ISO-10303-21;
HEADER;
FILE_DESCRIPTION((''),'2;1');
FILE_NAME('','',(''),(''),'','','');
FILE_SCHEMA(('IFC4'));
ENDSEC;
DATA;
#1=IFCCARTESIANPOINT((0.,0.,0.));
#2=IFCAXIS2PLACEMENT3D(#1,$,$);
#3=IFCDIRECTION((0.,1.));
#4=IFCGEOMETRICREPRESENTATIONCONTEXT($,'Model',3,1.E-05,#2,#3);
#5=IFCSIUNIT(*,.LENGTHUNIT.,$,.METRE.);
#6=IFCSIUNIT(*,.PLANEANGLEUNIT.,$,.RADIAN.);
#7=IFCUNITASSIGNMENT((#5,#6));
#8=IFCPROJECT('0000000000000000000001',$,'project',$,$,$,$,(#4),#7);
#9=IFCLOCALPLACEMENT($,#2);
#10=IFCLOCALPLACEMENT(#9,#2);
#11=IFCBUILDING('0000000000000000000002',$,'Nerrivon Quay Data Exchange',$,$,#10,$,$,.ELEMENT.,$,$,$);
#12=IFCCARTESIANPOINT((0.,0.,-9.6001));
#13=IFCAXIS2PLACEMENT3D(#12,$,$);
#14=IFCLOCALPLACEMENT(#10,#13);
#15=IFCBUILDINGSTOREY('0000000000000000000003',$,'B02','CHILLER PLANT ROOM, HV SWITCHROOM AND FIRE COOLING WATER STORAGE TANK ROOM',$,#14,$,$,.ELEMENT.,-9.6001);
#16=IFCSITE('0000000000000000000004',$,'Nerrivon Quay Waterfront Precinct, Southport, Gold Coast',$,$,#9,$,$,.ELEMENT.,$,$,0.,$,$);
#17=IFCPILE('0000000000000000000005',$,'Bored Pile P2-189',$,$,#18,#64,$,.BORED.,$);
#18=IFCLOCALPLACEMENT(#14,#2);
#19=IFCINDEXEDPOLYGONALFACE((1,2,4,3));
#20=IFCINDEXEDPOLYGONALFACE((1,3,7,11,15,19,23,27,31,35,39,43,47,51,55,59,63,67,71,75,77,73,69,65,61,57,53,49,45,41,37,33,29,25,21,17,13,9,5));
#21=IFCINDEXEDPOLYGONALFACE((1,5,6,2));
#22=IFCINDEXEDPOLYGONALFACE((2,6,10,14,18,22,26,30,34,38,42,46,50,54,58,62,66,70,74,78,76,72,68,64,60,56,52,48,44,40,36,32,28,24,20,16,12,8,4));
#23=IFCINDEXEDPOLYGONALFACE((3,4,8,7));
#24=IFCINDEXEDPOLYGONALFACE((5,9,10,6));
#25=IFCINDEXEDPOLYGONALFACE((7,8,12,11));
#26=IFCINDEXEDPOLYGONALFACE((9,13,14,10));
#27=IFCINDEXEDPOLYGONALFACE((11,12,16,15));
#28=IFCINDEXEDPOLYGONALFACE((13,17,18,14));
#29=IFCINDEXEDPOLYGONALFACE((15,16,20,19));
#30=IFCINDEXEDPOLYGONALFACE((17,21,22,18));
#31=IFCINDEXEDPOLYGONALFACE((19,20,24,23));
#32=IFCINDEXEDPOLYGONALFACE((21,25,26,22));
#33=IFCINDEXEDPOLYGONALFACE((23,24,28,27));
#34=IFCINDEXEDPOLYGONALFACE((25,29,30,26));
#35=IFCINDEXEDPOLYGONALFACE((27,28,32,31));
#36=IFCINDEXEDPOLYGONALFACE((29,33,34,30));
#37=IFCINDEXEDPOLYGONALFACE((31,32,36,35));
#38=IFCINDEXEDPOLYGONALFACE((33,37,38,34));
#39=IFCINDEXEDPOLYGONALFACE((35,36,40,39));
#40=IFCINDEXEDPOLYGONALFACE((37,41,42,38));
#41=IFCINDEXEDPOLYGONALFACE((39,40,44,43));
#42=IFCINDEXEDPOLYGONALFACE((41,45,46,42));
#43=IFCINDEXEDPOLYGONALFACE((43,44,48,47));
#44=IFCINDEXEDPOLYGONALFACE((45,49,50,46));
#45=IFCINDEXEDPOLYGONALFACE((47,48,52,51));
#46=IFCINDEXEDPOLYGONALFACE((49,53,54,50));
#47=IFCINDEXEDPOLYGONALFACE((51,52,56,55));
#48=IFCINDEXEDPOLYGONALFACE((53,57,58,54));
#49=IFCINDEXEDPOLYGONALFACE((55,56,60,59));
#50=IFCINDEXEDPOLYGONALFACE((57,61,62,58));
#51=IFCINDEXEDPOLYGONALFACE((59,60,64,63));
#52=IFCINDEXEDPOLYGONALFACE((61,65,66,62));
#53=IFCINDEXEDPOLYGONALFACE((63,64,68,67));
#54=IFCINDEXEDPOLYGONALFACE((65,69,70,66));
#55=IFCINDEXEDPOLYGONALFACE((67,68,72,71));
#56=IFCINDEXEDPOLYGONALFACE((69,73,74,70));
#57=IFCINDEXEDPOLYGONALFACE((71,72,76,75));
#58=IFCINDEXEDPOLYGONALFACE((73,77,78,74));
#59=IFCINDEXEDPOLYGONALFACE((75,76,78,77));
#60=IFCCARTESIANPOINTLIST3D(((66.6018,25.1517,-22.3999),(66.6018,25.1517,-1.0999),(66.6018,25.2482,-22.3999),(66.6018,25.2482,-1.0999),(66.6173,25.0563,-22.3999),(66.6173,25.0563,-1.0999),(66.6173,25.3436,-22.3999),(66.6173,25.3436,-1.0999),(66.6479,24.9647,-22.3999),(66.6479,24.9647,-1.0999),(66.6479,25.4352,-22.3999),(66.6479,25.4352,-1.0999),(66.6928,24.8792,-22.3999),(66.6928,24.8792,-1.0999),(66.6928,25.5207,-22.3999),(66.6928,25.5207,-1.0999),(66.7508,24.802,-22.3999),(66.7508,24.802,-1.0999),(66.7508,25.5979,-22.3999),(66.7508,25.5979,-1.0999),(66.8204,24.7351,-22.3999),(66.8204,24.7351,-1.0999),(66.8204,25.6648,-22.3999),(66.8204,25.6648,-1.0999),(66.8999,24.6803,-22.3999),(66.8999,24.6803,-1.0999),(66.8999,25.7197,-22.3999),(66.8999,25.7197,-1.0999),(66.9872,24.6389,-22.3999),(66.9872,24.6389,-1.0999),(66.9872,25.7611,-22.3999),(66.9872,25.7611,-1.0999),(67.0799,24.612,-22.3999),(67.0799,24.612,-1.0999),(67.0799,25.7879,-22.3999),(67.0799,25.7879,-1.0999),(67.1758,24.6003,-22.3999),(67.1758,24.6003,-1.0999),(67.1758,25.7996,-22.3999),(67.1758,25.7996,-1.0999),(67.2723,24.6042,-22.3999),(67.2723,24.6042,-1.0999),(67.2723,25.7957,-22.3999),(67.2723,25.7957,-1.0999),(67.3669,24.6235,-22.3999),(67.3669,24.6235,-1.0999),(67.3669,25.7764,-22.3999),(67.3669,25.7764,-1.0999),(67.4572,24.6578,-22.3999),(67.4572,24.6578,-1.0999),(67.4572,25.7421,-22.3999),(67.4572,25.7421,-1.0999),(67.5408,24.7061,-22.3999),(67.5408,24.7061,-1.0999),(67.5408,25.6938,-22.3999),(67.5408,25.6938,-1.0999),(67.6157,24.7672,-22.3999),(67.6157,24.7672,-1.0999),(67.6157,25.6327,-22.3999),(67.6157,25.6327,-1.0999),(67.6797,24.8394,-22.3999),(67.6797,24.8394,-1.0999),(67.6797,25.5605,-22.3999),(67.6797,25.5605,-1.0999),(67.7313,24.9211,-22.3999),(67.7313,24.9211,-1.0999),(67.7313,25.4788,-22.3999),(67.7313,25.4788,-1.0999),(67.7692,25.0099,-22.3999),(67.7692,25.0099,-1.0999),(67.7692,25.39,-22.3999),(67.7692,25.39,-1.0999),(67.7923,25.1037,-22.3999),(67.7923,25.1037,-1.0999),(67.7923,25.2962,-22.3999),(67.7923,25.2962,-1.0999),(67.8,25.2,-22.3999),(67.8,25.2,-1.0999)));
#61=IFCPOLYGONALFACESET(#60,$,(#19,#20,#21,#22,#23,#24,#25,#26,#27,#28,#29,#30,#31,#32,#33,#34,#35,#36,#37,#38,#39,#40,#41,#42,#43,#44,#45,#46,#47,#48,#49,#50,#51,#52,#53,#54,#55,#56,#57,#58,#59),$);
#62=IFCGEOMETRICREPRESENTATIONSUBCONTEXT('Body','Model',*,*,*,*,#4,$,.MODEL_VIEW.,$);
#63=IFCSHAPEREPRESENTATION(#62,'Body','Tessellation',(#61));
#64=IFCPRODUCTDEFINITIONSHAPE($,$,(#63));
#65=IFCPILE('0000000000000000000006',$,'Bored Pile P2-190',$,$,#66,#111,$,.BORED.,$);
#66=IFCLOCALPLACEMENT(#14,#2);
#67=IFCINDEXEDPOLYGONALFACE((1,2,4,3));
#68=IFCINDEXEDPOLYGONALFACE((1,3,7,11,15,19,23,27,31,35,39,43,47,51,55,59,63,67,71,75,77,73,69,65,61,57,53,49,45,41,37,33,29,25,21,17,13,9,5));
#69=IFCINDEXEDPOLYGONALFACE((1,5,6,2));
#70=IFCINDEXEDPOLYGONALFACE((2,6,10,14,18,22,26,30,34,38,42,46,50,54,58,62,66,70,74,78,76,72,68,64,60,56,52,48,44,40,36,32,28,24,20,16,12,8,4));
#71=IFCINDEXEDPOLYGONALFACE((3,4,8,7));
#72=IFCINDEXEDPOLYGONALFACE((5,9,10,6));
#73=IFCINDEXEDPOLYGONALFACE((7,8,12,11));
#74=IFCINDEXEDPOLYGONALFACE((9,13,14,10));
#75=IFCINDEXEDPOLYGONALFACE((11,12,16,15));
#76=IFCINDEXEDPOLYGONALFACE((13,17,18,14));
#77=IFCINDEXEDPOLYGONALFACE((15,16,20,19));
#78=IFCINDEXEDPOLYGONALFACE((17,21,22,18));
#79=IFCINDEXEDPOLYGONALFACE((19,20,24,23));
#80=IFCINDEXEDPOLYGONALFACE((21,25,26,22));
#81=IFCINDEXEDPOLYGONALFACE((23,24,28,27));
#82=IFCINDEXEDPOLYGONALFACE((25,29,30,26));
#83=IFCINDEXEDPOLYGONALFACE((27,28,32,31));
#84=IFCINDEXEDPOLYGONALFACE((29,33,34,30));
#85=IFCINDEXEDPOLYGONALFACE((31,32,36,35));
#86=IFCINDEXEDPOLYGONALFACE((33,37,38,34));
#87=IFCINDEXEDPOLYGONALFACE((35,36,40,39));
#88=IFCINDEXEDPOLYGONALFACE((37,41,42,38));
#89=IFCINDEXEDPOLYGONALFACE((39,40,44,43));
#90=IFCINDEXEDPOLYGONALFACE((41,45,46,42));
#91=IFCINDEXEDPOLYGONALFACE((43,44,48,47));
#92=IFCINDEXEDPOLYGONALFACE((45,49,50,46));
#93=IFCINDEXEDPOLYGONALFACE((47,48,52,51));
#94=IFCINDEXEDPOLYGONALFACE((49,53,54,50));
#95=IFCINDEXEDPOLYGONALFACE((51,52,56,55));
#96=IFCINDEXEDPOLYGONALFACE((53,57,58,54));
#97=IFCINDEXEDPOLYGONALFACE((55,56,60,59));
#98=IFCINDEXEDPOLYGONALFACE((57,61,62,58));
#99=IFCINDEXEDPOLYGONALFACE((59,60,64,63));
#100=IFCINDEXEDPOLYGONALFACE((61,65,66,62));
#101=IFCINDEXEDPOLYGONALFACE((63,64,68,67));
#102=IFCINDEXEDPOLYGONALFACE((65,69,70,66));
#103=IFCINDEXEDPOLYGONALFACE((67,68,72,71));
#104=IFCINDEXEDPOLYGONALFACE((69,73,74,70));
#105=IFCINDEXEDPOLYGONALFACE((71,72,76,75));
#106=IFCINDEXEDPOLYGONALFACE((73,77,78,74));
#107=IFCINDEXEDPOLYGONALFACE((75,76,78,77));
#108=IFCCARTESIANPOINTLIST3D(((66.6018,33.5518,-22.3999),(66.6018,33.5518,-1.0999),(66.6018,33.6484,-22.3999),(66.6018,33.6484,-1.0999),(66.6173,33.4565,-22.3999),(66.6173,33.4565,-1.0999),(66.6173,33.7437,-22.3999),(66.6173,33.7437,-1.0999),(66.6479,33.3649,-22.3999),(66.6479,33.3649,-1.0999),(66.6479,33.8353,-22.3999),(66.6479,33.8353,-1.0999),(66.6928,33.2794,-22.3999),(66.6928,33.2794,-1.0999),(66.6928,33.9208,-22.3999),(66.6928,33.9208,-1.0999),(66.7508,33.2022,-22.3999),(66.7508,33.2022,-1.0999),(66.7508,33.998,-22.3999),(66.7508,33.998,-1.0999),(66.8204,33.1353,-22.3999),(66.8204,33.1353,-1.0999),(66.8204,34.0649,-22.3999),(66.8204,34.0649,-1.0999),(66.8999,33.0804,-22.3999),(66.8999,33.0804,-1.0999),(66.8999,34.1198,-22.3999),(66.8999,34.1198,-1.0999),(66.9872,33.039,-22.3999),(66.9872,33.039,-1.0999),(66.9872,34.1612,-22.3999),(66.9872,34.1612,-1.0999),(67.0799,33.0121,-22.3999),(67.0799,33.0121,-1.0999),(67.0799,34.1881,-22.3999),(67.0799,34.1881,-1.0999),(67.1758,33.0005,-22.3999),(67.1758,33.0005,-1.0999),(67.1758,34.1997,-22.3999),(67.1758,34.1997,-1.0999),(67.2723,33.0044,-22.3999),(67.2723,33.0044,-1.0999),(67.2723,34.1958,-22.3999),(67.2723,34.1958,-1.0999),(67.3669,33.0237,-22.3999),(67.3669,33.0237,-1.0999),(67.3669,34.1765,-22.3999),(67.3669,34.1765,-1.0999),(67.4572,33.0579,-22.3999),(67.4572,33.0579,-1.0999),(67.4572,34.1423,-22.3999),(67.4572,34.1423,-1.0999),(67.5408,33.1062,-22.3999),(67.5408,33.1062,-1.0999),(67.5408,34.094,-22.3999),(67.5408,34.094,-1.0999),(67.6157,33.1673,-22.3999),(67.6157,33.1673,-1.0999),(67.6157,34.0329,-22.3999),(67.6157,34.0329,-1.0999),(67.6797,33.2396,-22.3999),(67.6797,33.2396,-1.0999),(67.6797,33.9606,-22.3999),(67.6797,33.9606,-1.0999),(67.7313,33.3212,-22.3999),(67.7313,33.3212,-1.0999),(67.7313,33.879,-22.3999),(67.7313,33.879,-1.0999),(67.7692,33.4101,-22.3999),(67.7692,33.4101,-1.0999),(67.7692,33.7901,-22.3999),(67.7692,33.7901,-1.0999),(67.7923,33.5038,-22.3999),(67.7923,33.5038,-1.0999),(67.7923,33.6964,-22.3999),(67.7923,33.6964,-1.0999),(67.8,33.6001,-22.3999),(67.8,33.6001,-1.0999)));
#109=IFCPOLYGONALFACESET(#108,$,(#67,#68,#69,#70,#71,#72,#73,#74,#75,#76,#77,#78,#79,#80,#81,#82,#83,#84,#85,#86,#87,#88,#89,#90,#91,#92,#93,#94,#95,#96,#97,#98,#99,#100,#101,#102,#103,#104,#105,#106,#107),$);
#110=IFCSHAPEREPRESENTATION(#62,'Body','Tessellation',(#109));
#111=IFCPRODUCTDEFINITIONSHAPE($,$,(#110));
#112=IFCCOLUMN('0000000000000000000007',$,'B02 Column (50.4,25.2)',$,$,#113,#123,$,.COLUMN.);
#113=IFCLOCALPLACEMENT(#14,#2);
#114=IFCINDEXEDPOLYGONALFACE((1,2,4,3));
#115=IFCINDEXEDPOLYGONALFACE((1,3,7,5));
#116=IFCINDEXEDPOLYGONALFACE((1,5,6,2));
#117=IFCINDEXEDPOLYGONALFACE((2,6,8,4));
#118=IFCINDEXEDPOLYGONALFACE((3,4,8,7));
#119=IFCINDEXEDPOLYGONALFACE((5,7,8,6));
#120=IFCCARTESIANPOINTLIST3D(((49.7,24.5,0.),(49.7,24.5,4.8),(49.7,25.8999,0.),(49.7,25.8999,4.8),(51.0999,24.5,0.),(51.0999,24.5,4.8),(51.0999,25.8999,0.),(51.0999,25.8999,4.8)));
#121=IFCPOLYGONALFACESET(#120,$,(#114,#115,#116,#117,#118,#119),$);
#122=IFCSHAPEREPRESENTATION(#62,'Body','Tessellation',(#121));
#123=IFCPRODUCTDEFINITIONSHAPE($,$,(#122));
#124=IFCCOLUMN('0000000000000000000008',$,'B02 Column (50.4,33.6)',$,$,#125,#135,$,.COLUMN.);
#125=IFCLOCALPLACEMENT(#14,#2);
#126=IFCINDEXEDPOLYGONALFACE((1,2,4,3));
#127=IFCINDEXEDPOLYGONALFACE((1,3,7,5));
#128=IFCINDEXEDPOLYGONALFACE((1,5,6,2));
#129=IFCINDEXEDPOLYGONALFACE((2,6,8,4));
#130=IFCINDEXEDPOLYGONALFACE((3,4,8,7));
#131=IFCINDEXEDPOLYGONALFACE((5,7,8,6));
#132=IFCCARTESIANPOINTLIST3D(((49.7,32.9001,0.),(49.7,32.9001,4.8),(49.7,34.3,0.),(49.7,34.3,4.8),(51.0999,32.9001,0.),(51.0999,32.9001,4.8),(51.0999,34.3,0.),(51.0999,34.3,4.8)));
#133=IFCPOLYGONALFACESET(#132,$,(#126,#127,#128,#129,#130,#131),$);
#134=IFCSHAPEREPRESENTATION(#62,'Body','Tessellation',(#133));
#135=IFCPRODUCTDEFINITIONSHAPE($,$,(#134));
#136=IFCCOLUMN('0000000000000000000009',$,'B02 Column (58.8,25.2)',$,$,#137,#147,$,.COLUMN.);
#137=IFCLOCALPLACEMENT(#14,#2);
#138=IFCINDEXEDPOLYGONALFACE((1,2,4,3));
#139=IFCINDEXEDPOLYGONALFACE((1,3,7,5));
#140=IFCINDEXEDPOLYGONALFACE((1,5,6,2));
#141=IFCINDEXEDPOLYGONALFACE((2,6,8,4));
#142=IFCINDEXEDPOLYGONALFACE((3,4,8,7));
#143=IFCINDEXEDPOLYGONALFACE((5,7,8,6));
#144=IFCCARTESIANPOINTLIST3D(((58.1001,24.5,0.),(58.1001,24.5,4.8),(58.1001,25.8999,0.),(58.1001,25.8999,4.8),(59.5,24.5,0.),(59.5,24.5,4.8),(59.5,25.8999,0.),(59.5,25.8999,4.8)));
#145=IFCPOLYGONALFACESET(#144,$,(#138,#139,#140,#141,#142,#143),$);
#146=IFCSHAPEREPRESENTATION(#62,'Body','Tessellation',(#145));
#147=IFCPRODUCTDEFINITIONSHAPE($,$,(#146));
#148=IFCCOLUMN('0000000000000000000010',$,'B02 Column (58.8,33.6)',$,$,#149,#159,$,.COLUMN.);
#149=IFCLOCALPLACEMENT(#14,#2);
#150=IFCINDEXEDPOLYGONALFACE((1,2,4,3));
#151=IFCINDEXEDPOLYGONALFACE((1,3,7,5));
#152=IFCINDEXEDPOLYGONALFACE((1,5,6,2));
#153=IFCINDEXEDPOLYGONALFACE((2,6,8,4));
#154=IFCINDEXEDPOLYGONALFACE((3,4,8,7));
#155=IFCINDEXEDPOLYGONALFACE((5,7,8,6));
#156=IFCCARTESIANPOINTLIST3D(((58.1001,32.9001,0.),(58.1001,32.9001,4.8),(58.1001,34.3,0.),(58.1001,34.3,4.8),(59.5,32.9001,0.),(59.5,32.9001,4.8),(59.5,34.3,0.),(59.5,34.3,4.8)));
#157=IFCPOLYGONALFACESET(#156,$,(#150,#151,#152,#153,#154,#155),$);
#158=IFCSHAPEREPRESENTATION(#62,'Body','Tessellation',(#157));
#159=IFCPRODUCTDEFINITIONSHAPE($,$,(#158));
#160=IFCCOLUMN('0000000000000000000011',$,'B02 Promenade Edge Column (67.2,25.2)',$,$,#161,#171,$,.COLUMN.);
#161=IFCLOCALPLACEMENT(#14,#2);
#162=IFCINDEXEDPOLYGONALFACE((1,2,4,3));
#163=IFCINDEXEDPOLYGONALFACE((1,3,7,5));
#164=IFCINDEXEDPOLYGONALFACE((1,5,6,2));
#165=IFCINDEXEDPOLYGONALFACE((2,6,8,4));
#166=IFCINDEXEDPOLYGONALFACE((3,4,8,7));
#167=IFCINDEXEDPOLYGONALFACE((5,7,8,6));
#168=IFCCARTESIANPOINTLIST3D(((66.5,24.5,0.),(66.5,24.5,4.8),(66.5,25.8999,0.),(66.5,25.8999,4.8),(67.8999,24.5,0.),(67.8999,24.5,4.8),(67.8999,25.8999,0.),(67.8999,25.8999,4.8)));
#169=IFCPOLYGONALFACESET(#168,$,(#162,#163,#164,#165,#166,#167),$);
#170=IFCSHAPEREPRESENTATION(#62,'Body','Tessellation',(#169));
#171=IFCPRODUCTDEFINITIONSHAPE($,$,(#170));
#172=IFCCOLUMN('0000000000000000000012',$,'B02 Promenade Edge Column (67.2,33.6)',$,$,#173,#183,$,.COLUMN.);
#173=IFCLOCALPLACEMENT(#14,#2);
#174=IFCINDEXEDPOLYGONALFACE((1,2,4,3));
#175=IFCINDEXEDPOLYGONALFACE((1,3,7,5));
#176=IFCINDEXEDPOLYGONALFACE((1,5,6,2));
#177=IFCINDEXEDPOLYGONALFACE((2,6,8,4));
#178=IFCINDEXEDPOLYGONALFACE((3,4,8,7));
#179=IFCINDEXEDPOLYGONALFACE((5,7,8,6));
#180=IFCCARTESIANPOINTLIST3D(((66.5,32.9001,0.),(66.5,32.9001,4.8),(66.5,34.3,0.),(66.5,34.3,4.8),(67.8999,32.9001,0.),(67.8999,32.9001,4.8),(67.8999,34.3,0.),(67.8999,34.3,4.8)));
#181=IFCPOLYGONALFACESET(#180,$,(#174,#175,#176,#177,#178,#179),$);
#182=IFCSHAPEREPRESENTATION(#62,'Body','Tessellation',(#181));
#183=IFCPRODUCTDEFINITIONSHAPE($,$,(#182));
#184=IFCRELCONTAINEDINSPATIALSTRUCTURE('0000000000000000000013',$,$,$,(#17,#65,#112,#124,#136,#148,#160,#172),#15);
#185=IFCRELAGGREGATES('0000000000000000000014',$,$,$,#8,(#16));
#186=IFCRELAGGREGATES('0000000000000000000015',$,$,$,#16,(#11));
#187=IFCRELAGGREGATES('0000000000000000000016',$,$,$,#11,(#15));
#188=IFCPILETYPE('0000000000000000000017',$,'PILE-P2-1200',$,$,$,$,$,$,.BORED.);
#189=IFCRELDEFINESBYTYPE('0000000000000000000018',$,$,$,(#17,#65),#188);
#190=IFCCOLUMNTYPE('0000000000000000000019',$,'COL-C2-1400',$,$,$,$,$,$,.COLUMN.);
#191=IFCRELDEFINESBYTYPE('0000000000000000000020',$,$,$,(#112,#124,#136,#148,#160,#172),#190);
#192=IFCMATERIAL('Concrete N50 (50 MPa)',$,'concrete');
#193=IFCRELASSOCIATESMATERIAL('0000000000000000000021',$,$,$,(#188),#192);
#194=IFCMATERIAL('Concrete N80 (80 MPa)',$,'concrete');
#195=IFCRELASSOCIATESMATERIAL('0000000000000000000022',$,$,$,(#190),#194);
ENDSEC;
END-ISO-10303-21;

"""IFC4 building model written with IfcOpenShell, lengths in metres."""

from ifc_helpers import new_model, si_unit, direction, frame, origin, origin_2d, place, context, subcontext, project, spatial, rectangle, circle, extrude, material, material_profile, profile_set, type_object, element, save


model = new_model("IFC4")

# Units and contexts
model_context = context("Model", 3, precision=1e-05, world=origin(), true_north=direction((0.0, 1.0)))
body_context = subcontext(model_context, "Body", "Model", "MODEL_VIEW")
ifc_project = project(units=[si_unit("LENGTHUNIT", "METRE"), si_unit("PLANEANGLEUNIT", "RADIAN")], contexts=[model_context])

# Site, building, storey
site_placement = place(None, origin())
site = spatial("IfcSite", under=ifc_project, at=site_placement, Name="Nerrivon Quay Waterfront Precinct, Southport, Gold Coast", CompositionType="ELEMENT", RefElevation=0.0)
building_placement = place(site_placement, origin())
building = spatial("IfcBuilding", under=site, at=building_placement, Name="Nerrivon Quay Data Exchange", CompositionType="ELEMENT")
storey_placement = place(building_placement, frame((0.0, 0.0, -9.6001)))
storey = spatial("IfcBuildingStorey", under=building, at=storey_placement, Name="B02", Description="CHILLER PLANT ROOM, HV SWITCHROOM AND FIRE COOLING WATER STORAGE TANK ROOM", CompositionType="ELEMENT", Elevation=-9.6001)

# Piles
ifc_material_1 = material(Name="Concrete N50 (50 MPa)", Category="concrete")
ifc_material_profile_1 = material_profile(ifc_material_1, circle(Radius=0.6001, at=origin_2d()), Name="PILE-1200")
ifc_profile_set_1 = profile_set([ifc_material_profile_1], Name="Concrete N50 (50 MPa)")
pile_type = type_object("IfcPileType", Name="PILE-P2-1200", PredefinedType="BORED", material=ifc_profile_set_1)
for number, where, z_axis, x_axis, name in (
    (1, (67.2, 25.2, -1.0999), (0.0, 0.0, -1.0), (1.0, 0.0, 0.0), "Bored Pile P2-189"),
    (2, (67.2, 33.6001, -1.0999), (0.0, 0.0, -1.0), (1.0, 0.0, 0.0), "Bored Pile P2-190"),
):
    element("IfcPile", number, at=place(storey_placement, frame(where, z_axis=z_axis, x_axis=x_axis)), inside=storey, type_object=pile_type, Name=name, PredefinedType="BORED", context=body_context, shape_type="SweptSolid", body=[
        extrude(circle(Radius=0.6001, at=origin_2d()), origin(), (0.0, 0.0, 1.0), 21.3),
    ])

# Columns
ifc_material_2 = material(Name="Concrete N80 (80 MPa)", Category="concrete")
ifc_material_profile_2 = material_profile(ifc_material_2, rectangle(XDim=1.3999, YDim=1.3999, at=origin_2d()), Name="RC-COL-1400x1400")
ifc_profile_set_2 = profile_set([ifc_material_profile_2], Name="Concrete N80 (80 MPa)")
column_type = type_object("IfcColumnType", Name="COL-C2-1400", PredefinedType="COLUMN", material=ifc_profile_set_2)
for number, where, z_axis, x_axis, name in (
    (3, (50.3999, 25.2, 0.0), (0.0, 0.0, 1.0), (1.0, 0.0, 0.0), "B02 Column (50.4,25.2)"),
    (4, (50.3999, 33.6001, 0.0), (0.0, 0.0, 1.0), (1.0, 0.0, 0.0), "B02 Column (50.4,33.6)"),
    (5, (58.8, 25.2, 0.0), (0.0, 0.0, 1.0), (1.0, 0.0, 0.0), "B02 Column (58.8,25.2)"),
    (6, (58.8, 33.6001, 0.0), (0.0, 0.0, 1.0), (1.0, 0.0, 0.0), "B02 Column (58.8,33.6)"),
    (7, (67.2, 25.2, 0.0), (0.0, 0.0, 1.0), (1.0, 0.0, 0.0), "B02 Promenade Edge Column (67.2,25.2)"),
    (8, (67.2, 33.6001, 0.0), (0.0, 0.0, 1.0), (1.0, 0.0, 0.0), "B02 Promenade Edge Column (67.2,33.6)"),
):
    element("IfcColumn", number, at=place(storey_placement, frame(where, z_axis=z_axis, x_axis=x_axis)), inside=storey, type_object=column_type, Name=name, PredefinedType="COLUMN", context=body_context, shape_type="SweptSolid", body=[
        extrude(rectangle(XDim=1.3999, YDim=1.3999, at=origin_2d()), origin(), (0.0, 0.0, 1.0), 4.8),
    ])

save(model, "model.ifc")
